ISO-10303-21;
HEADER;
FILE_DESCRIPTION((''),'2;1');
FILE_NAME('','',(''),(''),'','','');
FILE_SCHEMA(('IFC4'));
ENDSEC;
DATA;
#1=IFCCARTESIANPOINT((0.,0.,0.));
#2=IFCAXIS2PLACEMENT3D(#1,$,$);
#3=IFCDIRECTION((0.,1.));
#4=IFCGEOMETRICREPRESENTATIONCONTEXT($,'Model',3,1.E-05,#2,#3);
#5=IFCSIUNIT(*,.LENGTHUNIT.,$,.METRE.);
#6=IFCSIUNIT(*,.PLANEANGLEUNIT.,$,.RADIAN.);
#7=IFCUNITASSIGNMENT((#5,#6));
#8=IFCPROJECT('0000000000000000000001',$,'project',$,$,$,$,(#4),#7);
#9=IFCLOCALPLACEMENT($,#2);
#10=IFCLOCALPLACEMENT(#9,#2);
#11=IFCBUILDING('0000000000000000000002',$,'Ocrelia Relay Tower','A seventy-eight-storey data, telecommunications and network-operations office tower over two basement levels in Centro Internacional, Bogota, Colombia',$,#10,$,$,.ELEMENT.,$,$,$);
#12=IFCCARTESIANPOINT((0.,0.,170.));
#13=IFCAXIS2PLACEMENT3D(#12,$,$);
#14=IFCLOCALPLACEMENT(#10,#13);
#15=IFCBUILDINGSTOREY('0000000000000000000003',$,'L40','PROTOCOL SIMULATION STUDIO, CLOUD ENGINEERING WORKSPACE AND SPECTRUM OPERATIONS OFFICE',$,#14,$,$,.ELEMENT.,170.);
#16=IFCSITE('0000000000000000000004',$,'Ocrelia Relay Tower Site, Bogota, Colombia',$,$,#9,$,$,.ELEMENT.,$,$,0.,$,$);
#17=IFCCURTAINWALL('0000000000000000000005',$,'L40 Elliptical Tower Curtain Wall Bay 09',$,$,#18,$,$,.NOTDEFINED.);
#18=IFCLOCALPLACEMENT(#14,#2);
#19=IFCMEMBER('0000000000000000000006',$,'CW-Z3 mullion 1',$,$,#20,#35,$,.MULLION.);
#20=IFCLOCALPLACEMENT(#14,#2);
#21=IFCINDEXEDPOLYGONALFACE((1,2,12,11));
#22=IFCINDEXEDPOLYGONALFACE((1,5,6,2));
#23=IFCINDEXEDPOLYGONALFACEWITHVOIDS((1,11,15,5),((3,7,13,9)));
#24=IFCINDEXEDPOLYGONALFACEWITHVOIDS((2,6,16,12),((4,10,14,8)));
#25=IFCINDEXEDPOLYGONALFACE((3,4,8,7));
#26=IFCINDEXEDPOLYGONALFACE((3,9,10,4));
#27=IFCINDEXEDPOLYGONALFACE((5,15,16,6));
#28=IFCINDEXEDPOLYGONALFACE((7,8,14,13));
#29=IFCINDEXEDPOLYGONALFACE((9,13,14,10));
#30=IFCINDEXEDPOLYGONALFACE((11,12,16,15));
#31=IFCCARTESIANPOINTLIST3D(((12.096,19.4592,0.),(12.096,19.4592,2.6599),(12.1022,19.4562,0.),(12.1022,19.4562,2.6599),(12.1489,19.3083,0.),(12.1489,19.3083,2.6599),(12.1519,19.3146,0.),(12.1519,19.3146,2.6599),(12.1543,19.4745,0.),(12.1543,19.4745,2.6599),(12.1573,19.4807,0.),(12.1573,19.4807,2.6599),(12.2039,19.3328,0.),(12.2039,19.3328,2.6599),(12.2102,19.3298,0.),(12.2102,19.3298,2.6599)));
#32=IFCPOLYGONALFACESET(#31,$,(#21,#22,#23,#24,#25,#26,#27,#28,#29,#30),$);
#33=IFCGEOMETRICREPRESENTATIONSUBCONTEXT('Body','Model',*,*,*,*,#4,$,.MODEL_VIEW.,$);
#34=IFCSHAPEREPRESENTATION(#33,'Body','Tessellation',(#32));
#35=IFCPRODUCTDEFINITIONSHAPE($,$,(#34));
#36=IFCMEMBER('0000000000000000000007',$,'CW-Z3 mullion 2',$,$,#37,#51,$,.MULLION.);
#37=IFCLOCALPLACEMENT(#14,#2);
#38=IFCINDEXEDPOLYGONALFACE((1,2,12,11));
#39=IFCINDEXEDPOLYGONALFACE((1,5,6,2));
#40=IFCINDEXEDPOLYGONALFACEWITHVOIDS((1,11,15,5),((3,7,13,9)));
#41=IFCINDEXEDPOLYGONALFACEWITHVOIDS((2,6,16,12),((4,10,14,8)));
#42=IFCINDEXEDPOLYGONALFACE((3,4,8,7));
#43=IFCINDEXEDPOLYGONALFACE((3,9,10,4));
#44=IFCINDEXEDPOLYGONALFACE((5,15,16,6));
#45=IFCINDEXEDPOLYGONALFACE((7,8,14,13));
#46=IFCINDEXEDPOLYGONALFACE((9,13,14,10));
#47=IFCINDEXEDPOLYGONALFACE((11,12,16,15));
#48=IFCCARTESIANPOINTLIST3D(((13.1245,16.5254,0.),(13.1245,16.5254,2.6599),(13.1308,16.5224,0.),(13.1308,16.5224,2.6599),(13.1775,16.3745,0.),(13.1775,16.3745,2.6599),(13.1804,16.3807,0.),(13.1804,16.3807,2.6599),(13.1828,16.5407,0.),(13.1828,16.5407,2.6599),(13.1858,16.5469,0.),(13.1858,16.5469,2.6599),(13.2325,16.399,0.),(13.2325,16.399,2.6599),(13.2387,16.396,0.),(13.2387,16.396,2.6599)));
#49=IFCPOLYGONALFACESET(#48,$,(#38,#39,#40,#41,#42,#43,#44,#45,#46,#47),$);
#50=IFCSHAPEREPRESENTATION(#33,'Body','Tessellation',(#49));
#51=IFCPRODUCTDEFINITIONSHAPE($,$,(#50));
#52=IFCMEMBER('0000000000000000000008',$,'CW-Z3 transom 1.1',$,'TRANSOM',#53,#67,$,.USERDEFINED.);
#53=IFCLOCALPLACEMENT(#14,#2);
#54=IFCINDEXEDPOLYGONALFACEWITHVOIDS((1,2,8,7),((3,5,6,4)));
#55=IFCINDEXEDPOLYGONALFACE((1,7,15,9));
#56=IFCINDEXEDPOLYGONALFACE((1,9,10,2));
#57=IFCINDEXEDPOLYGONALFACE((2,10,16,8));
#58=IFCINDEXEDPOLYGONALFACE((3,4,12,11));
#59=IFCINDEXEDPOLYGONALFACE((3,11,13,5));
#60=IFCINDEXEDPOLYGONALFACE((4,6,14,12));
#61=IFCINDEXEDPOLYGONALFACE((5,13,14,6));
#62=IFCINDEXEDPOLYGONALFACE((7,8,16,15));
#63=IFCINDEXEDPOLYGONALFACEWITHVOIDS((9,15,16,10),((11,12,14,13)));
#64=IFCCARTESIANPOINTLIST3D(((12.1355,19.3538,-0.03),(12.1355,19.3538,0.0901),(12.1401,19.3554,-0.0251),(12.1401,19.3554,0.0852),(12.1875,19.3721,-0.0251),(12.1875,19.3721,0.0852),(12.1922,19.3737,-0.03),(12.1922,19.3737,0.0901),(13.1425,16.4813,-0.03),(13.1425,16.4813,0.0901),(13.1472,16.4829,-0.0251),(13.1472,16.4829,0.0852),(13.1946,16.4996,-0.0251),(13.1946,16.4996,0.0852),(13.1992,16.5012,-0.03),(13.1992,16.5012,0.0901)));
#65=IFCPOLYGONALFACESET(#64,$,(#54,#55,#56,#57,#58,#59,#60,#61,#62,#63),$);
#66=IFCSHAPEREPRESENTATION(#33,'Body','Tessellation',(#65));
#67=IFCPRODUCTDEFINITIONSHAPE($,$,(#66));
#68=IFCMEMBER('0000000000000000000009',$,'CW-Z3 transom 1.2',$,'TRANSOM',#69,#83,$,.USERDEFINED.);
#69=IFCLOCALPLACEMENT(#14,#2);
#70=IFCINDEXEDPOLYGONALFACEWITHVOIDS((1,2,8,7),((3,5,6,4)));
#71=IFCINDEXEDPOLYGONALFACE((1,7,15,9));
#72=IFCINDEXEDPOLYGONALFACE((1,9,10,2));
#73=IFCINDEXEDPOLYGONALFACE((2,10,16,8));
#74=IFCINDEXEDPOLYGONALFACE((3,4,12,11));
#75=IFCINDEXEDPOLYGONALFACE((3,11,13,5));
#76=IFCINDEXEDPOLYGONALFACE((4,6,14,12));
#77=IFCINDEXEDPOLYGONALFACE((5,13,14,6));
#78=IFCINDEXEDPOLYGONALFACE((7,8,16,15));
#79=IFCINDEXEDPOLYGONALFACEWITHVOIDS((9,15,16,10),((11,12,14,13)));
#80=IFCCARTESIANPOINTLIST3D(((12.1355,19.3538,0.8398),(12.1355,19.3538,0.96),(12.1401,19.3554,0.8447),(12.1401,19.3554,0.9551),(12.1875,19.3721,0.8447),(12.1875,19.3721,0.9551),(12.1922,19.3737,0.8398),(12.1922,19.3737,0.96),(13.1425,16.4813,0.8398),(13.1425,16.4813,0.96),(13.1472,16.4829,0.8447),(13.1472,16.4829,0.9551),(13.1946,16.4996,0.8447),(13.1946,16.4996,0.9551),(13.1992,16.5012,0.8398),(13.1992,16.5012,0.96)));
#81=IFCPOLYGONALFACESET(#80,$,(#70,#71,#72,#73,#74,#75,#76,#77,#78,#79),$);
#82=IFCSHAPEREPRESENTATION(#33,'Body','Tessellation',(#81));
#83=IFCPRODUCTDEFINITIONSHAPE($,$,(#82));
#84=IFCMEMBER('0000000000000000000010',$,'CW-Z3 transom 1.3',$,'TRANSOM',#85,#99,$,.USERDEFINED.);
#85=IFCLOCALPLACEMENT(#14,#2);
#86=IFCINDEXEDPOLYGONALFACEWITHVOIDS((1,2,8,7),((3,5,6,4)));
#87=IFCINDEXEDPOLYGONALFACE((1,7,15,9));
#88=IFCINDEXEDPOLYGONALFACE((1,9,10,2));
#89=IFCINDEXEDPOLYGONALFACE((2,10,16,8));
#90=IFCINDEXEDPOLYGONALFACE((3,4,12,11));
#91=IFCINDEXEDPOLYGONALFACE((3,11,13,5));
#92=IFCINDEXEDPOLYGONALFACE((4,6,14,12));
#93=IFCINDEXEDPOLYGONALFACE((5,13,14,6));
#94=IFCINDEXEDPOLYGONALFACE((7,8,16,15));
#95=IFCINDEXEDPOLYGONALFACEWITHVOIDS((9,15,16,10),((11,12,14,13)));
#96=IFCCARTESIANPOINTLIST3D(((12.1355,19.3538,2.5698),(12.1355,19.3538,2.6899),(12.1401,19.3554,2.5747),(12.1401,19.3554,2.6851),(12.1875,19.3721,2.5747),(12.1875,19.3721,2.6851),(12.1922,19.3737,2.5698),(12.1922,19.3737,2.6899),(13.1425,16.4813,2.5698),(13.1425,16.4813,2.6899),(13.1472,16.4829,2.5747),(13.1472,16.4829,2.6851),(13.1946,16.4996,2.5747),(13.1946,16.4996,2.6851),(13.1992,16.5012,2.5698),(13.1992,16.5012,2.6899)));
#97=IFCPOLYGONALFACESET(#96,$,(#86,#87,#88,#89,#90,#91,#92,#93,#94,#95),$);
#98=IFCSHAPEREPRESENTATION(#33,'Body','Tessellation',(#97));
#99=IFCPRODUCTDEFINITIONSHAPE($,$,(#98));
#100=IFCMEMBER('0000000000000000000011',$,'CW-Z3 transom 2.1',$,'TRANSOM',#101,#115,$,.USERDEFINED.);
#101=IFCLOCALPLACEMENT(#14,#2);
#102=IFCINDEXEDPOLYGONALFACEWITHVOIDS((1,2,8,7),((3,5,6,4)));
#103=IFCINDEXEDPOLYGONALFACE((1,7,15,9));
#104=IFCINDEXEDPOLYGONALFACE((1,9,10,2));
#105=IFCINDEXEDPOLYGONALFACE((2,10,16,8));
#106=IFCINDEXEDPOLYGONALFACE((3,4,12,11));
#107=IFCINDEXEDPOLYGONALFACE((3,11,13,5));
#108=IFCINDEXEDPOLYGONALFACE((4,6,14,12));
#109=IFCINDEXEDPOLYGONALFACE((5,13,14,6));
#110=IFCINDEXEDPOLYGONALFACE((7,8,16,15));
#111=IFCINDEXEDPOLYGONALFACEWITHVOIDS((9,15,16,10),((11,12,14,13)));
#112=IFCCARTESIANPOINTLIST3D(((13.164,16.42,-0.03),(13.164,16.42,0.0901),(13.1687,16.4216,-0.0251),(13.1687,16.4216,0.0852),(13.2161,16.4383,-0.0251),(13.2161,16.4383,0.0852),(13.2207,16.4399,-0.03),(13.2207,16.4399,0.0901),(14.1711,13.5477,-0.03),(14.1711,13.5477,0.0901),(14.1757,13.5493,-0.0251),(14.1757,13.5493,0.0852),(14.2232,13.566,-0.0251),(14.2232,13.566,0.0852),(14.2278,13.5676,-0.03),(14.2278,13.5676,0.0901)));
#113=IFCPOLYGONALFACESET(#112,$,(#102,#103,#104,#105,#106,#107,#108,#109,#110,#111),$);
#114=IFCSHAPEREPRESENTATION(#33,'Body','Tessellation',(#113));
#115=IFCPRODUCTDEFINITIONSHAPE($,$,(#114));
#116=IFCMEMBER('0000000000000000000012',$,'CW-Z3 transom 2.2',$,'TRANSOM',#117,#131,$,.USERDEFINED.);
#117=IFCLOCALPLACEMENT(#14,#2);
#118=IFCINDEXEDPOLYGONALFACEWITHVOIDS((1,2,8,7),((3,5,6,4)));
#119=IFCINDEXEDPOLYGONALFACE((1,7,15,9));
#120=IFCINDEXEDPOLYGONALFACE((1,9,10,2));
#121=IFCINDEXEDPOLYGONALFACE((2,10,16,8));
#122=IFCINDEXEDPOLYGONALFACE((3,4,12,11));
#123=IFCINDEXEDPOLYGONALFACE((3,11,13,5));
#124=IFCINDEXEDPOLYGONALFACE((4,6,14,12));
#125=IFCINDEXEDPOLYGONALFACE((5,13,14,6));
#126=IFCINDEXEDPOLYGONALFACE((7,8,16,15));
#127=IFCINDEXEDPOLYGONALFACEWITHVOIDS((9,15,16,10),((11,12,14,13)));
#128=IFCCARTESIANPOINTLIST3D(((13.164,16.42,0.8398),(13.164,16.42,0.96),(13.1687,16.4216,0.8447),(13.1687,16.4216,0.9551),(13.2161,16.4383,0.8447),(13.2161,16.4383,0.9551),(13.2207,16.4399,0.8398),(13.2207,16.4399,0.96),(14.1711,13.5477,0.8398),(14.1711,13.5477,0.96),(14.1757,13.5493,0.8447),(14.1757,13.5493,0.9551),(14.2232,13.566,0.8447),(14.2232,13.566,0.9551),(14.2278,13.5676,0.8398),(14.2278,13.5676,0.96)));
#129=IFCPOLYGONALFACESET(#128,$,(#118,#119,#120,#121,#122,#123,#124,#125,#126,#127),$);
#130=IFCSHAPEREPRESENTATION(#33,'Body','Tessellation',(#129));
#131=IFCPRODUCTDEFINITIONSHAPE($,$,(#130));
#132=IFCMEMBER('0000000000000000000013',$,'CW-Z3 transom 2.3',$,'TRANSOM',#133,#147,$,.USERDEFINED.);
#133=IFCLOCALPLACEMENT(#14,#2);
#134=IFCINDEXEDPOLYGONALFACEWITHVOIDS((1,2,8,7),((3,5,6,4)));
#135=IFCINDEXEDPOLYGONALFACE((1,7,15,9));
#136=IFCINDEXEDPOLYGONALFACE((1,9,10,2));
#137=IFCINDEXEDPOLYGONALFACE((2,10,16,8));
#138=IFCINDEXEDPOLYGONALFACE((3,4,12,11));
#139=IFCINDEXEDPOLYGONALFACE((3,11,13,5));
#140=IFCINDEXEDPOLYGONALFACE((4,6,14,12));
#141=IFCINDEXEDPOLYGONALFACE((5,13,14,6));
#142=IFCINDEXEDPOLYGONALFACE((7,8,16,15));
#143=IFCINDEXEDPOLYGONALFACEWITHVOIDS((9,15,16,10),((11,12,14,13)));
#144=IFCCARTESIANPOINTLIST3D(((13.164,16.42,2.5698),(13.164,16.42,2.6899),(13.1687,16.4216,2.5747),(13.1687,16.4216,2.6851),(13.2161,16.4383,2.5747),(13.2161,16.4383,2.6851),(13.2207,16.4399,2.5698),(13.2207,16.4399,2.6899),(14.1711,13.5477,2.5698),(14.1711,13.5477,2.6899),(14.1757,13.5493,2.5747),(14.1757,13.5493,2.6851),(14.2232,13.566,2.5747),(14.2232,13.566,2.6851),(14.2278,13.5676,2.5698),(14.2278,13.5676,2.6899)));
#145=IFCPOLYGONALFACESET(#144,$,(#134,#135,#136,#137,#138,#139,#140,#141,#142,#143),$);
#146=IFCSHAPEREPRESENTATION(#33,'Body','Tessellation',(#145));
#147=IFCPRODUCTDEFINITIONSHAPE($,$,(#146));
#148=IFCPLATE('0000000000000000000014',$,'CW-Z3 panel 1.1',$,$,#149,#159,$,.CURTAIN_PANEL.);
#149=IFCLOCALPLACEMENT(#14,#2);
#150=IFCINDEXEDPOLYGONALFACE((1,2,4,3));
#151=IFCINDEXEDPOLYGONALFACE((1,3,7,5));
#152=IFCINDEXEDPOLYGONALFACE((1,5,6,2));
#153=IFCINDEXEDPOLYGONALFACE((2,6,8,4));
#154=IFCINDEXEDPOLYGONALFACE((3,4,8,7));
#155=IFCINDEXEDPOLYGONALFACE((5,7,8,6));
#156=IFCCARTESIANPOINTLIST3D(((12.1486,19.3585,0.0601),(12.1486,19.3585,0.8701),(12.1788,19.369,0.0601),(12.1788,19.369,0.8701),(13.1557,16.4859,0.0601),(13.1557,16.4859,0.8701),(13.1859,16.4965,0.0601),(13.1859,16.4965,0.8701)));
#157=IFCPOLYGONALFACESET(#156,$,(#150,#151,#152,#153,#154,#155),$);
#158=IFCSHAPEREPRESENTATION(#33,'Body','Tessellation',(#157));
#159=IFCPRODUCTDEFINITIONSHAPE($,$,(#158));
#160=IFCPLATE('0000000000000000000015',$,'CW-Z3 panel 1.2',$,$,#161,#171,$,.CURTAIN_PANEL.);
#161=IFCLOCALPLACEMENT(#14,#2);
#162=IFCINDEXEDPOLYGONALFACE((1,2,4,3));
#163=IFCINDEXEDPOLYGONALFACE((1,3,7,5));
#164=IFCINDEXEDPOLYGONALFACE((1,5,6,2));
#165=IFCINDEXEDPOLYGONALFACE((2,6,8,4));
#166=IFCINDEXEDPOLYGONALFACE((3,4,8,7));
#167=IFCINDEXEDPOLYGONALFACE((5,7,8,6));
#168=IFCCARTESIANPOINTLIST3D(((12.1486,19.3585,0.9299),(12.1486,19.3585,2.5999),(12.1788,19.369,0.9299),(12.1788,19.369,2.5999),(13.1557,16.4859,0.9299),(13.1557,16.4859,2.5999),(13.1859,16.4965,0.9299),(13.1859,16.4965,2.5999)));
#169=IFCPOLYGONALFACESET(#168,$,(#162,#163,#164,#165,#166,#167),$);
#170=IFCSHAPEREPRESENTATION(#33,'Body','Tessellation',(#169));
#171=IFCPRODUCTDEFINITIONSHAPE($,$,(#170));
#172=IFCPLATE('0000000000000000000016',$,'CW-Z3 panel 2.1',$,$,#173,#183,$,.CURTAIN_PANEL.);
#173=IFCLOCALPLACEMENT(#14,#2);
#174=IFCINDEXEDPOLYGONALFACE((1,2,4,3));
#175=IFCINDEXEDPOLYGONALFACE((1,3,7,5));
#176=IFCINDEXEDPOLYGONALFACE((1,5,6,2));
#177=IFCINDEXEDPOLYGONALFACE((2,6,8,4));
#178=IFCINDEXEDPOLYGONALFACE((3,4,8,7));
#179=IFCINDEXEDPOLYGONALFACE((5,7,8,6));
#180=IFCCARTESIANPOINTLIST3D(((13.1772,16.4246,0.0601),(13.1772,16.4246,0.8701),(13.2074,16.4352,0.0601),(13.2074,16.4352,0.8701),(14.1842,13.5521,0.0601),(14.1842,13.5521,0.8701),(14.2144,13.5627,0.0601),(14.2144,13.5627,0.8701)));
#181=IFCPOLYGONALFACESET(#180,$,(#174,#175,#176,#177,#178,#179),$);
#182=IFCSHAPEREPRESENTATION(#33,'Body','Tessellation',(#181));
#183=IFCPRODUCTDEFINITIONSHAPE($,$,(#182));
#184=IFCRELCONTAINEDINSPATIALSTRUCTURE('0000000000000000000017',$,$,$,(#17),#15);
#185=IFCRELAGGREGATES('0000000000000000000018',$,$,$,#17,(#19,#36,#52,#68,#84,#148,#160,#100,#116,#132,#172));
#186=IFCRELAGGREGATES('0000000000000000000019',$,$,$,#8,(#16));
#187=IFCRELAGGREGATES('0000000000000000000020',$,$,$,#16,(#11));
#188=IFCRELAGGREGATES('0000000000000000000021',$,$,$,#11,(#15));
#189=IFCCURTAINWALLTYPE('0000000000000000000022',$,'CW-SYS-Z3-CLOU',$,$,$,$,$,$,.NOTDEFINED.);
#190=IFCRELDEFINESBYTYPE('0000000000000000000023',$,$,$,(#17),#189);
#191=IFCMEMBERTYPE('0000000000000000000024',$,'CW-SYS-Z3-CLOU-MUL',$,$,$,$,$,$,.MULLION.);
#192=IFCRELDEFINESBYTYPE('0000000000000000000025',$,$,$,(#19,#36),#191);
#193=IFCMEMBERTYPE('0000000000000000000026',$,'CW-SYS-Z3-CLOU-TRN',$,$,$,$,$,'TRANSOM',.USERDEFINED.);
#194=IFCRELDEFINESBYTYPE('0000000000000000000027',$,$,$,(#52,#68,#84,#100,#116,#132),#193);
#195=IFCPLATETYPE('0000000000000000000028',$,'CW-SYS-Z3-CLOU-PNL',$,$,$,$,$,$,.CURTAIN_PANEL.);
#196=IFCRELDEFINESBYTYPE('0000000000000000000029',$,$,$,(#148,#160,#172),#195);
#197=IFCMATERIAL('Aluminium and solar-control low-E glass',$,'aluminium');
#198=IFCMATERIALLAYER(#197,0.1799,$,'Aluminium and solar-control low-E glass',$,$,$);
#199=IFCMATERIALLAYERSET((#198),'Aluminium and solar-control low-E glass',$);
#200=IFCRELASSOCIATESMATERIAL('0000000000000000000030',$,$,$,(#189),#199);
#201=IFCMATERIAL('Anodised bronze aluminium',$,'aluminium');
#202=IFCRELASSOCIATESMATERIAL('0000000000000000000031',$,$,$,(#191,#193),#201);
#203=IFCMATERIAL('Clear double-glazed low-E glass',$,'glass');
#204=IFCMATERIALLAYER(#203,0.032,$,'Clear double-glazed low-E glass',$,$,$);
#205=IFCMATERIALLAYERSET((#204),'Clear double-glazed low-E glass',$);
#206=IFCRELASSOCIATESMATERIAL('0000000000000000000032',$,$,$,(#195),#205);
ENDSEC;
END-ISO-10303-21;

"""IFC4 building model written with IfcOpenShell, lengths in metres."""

from ifc_helpers import new_model, si_unit, direction, frame, origin, origin_2d, place, context, subcontext, project, spatial, rectangle, hollow_rectangle, extrude, material, layer, layer_set, material_profile, profile_set, type_object, element, aggregate, save


model = new_model("IFC4")

# Units and contexts
model_context = context("Model", 3, precision=1e-05, world=origin(), true_north=direction((0.0, 1.0)))
body_context = subcontext(model_context, "Body", "Model", "MODEL_VIEW")
ifc_project = project(units=[si_unit("LENGTHUNIT", "METRE"), si_unit("PLANEANGLEUNIT", "RADIAN")], contexts=[model_context])

# Site, building, storey
site_placement = place(None, origin())
site = spatial("IfcSite", under=ifc_project, at=site_placement, Name="Ocrelia Relay Tower Site, Bogota, Colombia", CompositionType="ELEMENT", RefElevation=0.0)
building_placement = place(site_placement, origin())
building = spatial("IfcBuilding", under=site, at=building_placement, Name="Ocrelia Relay Tower", Description="A seventy-eight-storey data, telecommunications and network-operations office tower over two basement levels in Centro Internacional, Bogota, Colombia", CompositionType="ELEMENT")
storey_placement = place(building_placement, frame((0.0, 0.0, 170.0)))
storey = spatial("IfcBuildingStorey", under=building, at=storey_placement, Name="L40", Description="PROTOCOL SIMULATION STUDIO, CLOUD ENGINEERING WORKSPACE AND SPECTRUM OPERATIONS OFFICE", CompositionType="ELEMENT", Elevation=170.0)

# Curtain wall, members, plates
ifc_material_1 = material(Name="Aluminium and solar-control low-E glass", Category="aluminium")
ifc_layer_1 = layer(ifc_material_1, 0.1799, Name="Aluminium and solar-control low-E glass")
ifc_layer_set_1 = layer_set([ifc_layer_1], Name="Aluminium and solar-control low-E glass")
curtain_wall_type = type_object("IfcCurtainWallType", Name="CW-SYS-Z3-CLOU", PredefinedType="NOTDEFINED", material=ifc_layer_set_1)
curtain_wall_placement = place(storey_placement, origin())
curtain_wall = element("IfcCurtainWall", 1, at=curtain_wall_placement, inside=storey, type_object=curtain_wall_type, Name="L40 Elliptical Tower Curtain Wall Bay 09", PredefinedType="NOTDEFINED")
ifc_material_2 = material(Name="Anodised bronze aluminium", Category="aluminium")
ifc_material_profile_1 = material_profile(ifc_material_2, hollow_rectangle(XDim=0.0649, YDim=0.1599, WallThickness=0.0049, at=origin_2d()), Name="CW-MUL-160x65")
ifc_profile_set_1 = profile_set([ifc_material_profile_1], Name="Anodised bronze aluminium")
member_type_1 = type_object("IfcMemberType", Name="CW-SYS-Z3-CLOU-MUL", PredefinedType="MULLION", material=ifc_profile_set_1)
member_1_placement = place(storey_placement, frame((12.1531, 19.3945, 0.0), z_axis=(0.0, 0.0, 1.0), x_axis=(0.943685, 0.330845, 0.0)))
member_1 = element("IfcMember", 2, at=member_1_placement, type_object=member_type_1, Name="CW-Z3 mullion 1", PredefinedType="MULLION", context=body_context, shape_type="SweptSolid", body=[
    extrude(hollow_rectangle(XDim=0.0649, YDim=0.1599, WallThickness=0.0049, at=origin_2d()), origin(), (0.0, 0.0, 1.0), 2.6599),
])
member_2_placement = place(storey_placement, frame((13.1816, 16.4607, 0.0), z_axis=(0.0, 0.0, 1.0), x_axis=(0.943685, 0.330845, 0.0)))
member_2 = element("IfcMember", 3, at=member_2_placement, type_object=member_type_1, Name="CW-Z3 mullion 2", PredefinedType="MULLION", context=body_context, shape_type="SweptSolid", body=[
    extrude(hollow_rectangle(XDim=0.0649, YDim=0.1599, WallThickness=0.0049, at=origin_2d()), origin(), (0.0, 0.0, 1.0), 2.6599),
])
ifc_material_profile_2 = material_profile(ifc_material_2, hollow_rectangle(XDim=0.0601, YDim=0.1201, WallThickness=0.0049, at=origin_2d()), Name="CW-TRN-120x60")
ifc_profile_set_2 = profile_set([ifc_material_profile_2], Name="Anodised bronze aluminium")
member_type_2 = type_object("IfcMemberType", Name="CW-SYS-Z3-CLOU-TRN", ElementType="TRANSOM", PredefinedType="USERDEFINED", material=ifc_profile_set_2)
member_3_placement = place(storey_placement, frame((12.1638, 19.3638, 0.03), z_axis=(0.330843, -0.943686, 0.0), x_axis=(0.943686, 0.330843, 0.0)))
member_3 = element("IfcMember", 4, at=member_3_placement, type_object=member_type_2, Name="CW-Z3 transom 1.1", ObjectType="TRANSOM", PredefinedType="USERDEFINED", context=body_context, shape_type="SweptSolid", body=[
    extrude(hollow_rectangle(XDim=0.0601, YDim=0.1201, WallThickness=0.0049, at=origin_2d()), origin(), (0.0, 0.0, 1.0), 3.0439),
])
member_4_placement = place(storey_placement, frame((12.1638, 19.3638, 0.8999), z_axis=(0.330843, -0.943686, 0.0), x_axis=(0.943686, 0.330843, 0.0)))
member_4 = element("IfcMember", 5, at=member_4_placement, type_object=member_type_2, Name="CW-Z3 transom 1.2", ObjectType="TRANSOM", PredefinedType="USERDEFINED", context=body_context, shape_type="SweptSolid", body=[
    extrude(hollow_rectangle(XDim=0.0601, YDim=0.1201, WallThickness=0.0049, at=origin_2d()), origin(), (0.0, 0.0, 1.0), 3.0439),
])
member_5_placement = place(storey_placement, frame((12.1638, 19.3638, 2.6299), z_axis=(0.330843, -0.943686, 0.0), x_axis=(0.943686, 0.330843, 0.0)))
member_5 = element("IfcMember", 6, at=member_5_placement, type_object=member_type_2, Name="CW-Z3 transom 1.3", ObjectType="TRANSOM", PredefinedType="USERDEFINED", context=body_context, shape_type="SweptSolid", body=[
    extrude(hollow_rectangle(XDim=0.0601, YDim=0.1201, WallThickness=0.0049, at=origin_2d()), origin(), (0.0, 0.0, 1.0), 3.0439),
])
member_6_placement = place(storey_placement, frame((13.1924, 16.4299, 0.03), z_axis=(0.330868, -0.943677, 0.0), x_axis=(0.943677, 0.330868, 0.0)))
member_6 = element("IfcMember", 7, at=member_6_placement, type_object=member_type_2, Name="CW-Z3 transom 2.1", ObjectType="TRANSOM", PredefinedType="USERDEFINED", context=body_context, shape_type="SweptSolid", body=[
    extrude(hollow_rectangle(XDim=0.0601, YDim=0.1201, WallThickness=0.0049, at=origin_2d()), origin(), (0.0, 0.0, 1.0), 3.0437),
])
member_7_placement = place(storey_placement, frame((13.1924, 16.4299, 0.8999), z_axis=(0.330868, -0.943677, 0.0), x_axis=(0.943677, 0.330868, 0.0)))
member_7 = element("IfcMember", 8, at=member_7_placement, type_object=member_type_2, Name="CW-Z3 transom 2.2", ObjectType="TRANSOM", PredefinedType="USERDEFINED", context=body_context, shape_type="SweptSolid", body=[
    extrude(hollow_rectangle(XDim=0.0601, YDim=0.1201, WallThickness=0.0049, at=origin_2d()), origin(), (0.0, 0.0, 1.0), 3.0437),
])
member_8_placement = place(storey_placement, frame((13.1924, 16.4299, 2.6299), z_axis=(0.330868, -0.943677, 0.0), x_axis=(0.943677, 0.330868, 0.0)))
member_8 = element("IfcMember", 9, at=member_8_placement, type_object=member_type_2, Name="CW-Z3 transom 2.3", ObjectType="TRANSOM", PredefinedType="USERDEFINED", context=body_context, shape_type="SweptSolid", body=[
    extrude(hollow_rectangle(XDim=0.0601, YDim=0.1201, WallThickness=0.0049, at=origin_2d()), origin(), (0.0, 0.0, 1.0), 3.0437),
])
ifc_material_3 = material(Name="Clear double-glazed low-E glass", Category="glass")
ifc_layer_2 = layer(ifc_material_3, 0.032, Name="Clear double-glazed low-E glass")
ifc_layer_set_2 = layer_set([ifc_layer_2], Name="Clear double-glazed low-E glass")
plate_type = type_object("IfcPlateType", Name="CW-SYS-Z3-CLOU-PNL", PredefinedType="CURTAIN_PANEL", material=ifc_layer_set_2)
plate_1_placement = place(storey_placement, frame((12.6672, 17.9275, 0.0601), z_axis=(0.0, 0.0, 1.0), x_axis=(0.330845, -0.943685, 0.0)))
plate_1 = element("IfcPlate", 10, at=plate_1_placement, type_object=plate_type, Name="CW-Z3 panel 1.1", PredefinedType="CURTAIN_PANEL", context=body_context, shape_type="SweptSolid", body=[
    extrude(rectangle(XDim=3.0439, YDim=0.032, at=origin_2d()), origin(), (0.0, 0.0, 1.0), 0.8101),
])
plate_2_placement = place(storey_placement, frame((12.6672, 17.9275, 0.9299), z_axis=(0.0, 0.0, 1.0), x_axis=(0.330845, -0.943685, 0.0)))
plate_2 = element("IfcPlate", 11, at=plate_2_placement, type_object=plate_type, Name="CW-Z3 panel 1.2", PredefinedType="CURTAIN_PANEL", context=body_context, shape_type="SweptSolid", body=[
    extrude(rectangle(XDim=3.0439, YDim=0.032, at=origin_2d()), origin(), (0.0, 0.0, 1.0), 1.6699),
])
plate_3_placement = place(storey_placement, frame((13.6958, 14.9937, 0.0601), z_axis=(0.0, 0.0, 1.0), x_axis=(0.330845, -0.943685, 0.0)))
plate_3 = element("IfcPlate", 12, at=plate_3_placement, type_object=plate_type, Name="CW-Z3 panel 2.1", PredefinedType="CURTAIN_PANEL", context=body_context, shape_type="SweptSolid", body=[
    extrude(rectangle(XDim=3.0439, YDim=0.032, at=origin_2d()), origin(), (0.0, 0.0, 1.0), 0.8101),
])
aggregate(curtain_wall, [member_1, member_2, member_3, member_4, member_5, plate_1, plate_2, member_6, member_7, member_8, plate_3])

save(model, "model.ifc")
